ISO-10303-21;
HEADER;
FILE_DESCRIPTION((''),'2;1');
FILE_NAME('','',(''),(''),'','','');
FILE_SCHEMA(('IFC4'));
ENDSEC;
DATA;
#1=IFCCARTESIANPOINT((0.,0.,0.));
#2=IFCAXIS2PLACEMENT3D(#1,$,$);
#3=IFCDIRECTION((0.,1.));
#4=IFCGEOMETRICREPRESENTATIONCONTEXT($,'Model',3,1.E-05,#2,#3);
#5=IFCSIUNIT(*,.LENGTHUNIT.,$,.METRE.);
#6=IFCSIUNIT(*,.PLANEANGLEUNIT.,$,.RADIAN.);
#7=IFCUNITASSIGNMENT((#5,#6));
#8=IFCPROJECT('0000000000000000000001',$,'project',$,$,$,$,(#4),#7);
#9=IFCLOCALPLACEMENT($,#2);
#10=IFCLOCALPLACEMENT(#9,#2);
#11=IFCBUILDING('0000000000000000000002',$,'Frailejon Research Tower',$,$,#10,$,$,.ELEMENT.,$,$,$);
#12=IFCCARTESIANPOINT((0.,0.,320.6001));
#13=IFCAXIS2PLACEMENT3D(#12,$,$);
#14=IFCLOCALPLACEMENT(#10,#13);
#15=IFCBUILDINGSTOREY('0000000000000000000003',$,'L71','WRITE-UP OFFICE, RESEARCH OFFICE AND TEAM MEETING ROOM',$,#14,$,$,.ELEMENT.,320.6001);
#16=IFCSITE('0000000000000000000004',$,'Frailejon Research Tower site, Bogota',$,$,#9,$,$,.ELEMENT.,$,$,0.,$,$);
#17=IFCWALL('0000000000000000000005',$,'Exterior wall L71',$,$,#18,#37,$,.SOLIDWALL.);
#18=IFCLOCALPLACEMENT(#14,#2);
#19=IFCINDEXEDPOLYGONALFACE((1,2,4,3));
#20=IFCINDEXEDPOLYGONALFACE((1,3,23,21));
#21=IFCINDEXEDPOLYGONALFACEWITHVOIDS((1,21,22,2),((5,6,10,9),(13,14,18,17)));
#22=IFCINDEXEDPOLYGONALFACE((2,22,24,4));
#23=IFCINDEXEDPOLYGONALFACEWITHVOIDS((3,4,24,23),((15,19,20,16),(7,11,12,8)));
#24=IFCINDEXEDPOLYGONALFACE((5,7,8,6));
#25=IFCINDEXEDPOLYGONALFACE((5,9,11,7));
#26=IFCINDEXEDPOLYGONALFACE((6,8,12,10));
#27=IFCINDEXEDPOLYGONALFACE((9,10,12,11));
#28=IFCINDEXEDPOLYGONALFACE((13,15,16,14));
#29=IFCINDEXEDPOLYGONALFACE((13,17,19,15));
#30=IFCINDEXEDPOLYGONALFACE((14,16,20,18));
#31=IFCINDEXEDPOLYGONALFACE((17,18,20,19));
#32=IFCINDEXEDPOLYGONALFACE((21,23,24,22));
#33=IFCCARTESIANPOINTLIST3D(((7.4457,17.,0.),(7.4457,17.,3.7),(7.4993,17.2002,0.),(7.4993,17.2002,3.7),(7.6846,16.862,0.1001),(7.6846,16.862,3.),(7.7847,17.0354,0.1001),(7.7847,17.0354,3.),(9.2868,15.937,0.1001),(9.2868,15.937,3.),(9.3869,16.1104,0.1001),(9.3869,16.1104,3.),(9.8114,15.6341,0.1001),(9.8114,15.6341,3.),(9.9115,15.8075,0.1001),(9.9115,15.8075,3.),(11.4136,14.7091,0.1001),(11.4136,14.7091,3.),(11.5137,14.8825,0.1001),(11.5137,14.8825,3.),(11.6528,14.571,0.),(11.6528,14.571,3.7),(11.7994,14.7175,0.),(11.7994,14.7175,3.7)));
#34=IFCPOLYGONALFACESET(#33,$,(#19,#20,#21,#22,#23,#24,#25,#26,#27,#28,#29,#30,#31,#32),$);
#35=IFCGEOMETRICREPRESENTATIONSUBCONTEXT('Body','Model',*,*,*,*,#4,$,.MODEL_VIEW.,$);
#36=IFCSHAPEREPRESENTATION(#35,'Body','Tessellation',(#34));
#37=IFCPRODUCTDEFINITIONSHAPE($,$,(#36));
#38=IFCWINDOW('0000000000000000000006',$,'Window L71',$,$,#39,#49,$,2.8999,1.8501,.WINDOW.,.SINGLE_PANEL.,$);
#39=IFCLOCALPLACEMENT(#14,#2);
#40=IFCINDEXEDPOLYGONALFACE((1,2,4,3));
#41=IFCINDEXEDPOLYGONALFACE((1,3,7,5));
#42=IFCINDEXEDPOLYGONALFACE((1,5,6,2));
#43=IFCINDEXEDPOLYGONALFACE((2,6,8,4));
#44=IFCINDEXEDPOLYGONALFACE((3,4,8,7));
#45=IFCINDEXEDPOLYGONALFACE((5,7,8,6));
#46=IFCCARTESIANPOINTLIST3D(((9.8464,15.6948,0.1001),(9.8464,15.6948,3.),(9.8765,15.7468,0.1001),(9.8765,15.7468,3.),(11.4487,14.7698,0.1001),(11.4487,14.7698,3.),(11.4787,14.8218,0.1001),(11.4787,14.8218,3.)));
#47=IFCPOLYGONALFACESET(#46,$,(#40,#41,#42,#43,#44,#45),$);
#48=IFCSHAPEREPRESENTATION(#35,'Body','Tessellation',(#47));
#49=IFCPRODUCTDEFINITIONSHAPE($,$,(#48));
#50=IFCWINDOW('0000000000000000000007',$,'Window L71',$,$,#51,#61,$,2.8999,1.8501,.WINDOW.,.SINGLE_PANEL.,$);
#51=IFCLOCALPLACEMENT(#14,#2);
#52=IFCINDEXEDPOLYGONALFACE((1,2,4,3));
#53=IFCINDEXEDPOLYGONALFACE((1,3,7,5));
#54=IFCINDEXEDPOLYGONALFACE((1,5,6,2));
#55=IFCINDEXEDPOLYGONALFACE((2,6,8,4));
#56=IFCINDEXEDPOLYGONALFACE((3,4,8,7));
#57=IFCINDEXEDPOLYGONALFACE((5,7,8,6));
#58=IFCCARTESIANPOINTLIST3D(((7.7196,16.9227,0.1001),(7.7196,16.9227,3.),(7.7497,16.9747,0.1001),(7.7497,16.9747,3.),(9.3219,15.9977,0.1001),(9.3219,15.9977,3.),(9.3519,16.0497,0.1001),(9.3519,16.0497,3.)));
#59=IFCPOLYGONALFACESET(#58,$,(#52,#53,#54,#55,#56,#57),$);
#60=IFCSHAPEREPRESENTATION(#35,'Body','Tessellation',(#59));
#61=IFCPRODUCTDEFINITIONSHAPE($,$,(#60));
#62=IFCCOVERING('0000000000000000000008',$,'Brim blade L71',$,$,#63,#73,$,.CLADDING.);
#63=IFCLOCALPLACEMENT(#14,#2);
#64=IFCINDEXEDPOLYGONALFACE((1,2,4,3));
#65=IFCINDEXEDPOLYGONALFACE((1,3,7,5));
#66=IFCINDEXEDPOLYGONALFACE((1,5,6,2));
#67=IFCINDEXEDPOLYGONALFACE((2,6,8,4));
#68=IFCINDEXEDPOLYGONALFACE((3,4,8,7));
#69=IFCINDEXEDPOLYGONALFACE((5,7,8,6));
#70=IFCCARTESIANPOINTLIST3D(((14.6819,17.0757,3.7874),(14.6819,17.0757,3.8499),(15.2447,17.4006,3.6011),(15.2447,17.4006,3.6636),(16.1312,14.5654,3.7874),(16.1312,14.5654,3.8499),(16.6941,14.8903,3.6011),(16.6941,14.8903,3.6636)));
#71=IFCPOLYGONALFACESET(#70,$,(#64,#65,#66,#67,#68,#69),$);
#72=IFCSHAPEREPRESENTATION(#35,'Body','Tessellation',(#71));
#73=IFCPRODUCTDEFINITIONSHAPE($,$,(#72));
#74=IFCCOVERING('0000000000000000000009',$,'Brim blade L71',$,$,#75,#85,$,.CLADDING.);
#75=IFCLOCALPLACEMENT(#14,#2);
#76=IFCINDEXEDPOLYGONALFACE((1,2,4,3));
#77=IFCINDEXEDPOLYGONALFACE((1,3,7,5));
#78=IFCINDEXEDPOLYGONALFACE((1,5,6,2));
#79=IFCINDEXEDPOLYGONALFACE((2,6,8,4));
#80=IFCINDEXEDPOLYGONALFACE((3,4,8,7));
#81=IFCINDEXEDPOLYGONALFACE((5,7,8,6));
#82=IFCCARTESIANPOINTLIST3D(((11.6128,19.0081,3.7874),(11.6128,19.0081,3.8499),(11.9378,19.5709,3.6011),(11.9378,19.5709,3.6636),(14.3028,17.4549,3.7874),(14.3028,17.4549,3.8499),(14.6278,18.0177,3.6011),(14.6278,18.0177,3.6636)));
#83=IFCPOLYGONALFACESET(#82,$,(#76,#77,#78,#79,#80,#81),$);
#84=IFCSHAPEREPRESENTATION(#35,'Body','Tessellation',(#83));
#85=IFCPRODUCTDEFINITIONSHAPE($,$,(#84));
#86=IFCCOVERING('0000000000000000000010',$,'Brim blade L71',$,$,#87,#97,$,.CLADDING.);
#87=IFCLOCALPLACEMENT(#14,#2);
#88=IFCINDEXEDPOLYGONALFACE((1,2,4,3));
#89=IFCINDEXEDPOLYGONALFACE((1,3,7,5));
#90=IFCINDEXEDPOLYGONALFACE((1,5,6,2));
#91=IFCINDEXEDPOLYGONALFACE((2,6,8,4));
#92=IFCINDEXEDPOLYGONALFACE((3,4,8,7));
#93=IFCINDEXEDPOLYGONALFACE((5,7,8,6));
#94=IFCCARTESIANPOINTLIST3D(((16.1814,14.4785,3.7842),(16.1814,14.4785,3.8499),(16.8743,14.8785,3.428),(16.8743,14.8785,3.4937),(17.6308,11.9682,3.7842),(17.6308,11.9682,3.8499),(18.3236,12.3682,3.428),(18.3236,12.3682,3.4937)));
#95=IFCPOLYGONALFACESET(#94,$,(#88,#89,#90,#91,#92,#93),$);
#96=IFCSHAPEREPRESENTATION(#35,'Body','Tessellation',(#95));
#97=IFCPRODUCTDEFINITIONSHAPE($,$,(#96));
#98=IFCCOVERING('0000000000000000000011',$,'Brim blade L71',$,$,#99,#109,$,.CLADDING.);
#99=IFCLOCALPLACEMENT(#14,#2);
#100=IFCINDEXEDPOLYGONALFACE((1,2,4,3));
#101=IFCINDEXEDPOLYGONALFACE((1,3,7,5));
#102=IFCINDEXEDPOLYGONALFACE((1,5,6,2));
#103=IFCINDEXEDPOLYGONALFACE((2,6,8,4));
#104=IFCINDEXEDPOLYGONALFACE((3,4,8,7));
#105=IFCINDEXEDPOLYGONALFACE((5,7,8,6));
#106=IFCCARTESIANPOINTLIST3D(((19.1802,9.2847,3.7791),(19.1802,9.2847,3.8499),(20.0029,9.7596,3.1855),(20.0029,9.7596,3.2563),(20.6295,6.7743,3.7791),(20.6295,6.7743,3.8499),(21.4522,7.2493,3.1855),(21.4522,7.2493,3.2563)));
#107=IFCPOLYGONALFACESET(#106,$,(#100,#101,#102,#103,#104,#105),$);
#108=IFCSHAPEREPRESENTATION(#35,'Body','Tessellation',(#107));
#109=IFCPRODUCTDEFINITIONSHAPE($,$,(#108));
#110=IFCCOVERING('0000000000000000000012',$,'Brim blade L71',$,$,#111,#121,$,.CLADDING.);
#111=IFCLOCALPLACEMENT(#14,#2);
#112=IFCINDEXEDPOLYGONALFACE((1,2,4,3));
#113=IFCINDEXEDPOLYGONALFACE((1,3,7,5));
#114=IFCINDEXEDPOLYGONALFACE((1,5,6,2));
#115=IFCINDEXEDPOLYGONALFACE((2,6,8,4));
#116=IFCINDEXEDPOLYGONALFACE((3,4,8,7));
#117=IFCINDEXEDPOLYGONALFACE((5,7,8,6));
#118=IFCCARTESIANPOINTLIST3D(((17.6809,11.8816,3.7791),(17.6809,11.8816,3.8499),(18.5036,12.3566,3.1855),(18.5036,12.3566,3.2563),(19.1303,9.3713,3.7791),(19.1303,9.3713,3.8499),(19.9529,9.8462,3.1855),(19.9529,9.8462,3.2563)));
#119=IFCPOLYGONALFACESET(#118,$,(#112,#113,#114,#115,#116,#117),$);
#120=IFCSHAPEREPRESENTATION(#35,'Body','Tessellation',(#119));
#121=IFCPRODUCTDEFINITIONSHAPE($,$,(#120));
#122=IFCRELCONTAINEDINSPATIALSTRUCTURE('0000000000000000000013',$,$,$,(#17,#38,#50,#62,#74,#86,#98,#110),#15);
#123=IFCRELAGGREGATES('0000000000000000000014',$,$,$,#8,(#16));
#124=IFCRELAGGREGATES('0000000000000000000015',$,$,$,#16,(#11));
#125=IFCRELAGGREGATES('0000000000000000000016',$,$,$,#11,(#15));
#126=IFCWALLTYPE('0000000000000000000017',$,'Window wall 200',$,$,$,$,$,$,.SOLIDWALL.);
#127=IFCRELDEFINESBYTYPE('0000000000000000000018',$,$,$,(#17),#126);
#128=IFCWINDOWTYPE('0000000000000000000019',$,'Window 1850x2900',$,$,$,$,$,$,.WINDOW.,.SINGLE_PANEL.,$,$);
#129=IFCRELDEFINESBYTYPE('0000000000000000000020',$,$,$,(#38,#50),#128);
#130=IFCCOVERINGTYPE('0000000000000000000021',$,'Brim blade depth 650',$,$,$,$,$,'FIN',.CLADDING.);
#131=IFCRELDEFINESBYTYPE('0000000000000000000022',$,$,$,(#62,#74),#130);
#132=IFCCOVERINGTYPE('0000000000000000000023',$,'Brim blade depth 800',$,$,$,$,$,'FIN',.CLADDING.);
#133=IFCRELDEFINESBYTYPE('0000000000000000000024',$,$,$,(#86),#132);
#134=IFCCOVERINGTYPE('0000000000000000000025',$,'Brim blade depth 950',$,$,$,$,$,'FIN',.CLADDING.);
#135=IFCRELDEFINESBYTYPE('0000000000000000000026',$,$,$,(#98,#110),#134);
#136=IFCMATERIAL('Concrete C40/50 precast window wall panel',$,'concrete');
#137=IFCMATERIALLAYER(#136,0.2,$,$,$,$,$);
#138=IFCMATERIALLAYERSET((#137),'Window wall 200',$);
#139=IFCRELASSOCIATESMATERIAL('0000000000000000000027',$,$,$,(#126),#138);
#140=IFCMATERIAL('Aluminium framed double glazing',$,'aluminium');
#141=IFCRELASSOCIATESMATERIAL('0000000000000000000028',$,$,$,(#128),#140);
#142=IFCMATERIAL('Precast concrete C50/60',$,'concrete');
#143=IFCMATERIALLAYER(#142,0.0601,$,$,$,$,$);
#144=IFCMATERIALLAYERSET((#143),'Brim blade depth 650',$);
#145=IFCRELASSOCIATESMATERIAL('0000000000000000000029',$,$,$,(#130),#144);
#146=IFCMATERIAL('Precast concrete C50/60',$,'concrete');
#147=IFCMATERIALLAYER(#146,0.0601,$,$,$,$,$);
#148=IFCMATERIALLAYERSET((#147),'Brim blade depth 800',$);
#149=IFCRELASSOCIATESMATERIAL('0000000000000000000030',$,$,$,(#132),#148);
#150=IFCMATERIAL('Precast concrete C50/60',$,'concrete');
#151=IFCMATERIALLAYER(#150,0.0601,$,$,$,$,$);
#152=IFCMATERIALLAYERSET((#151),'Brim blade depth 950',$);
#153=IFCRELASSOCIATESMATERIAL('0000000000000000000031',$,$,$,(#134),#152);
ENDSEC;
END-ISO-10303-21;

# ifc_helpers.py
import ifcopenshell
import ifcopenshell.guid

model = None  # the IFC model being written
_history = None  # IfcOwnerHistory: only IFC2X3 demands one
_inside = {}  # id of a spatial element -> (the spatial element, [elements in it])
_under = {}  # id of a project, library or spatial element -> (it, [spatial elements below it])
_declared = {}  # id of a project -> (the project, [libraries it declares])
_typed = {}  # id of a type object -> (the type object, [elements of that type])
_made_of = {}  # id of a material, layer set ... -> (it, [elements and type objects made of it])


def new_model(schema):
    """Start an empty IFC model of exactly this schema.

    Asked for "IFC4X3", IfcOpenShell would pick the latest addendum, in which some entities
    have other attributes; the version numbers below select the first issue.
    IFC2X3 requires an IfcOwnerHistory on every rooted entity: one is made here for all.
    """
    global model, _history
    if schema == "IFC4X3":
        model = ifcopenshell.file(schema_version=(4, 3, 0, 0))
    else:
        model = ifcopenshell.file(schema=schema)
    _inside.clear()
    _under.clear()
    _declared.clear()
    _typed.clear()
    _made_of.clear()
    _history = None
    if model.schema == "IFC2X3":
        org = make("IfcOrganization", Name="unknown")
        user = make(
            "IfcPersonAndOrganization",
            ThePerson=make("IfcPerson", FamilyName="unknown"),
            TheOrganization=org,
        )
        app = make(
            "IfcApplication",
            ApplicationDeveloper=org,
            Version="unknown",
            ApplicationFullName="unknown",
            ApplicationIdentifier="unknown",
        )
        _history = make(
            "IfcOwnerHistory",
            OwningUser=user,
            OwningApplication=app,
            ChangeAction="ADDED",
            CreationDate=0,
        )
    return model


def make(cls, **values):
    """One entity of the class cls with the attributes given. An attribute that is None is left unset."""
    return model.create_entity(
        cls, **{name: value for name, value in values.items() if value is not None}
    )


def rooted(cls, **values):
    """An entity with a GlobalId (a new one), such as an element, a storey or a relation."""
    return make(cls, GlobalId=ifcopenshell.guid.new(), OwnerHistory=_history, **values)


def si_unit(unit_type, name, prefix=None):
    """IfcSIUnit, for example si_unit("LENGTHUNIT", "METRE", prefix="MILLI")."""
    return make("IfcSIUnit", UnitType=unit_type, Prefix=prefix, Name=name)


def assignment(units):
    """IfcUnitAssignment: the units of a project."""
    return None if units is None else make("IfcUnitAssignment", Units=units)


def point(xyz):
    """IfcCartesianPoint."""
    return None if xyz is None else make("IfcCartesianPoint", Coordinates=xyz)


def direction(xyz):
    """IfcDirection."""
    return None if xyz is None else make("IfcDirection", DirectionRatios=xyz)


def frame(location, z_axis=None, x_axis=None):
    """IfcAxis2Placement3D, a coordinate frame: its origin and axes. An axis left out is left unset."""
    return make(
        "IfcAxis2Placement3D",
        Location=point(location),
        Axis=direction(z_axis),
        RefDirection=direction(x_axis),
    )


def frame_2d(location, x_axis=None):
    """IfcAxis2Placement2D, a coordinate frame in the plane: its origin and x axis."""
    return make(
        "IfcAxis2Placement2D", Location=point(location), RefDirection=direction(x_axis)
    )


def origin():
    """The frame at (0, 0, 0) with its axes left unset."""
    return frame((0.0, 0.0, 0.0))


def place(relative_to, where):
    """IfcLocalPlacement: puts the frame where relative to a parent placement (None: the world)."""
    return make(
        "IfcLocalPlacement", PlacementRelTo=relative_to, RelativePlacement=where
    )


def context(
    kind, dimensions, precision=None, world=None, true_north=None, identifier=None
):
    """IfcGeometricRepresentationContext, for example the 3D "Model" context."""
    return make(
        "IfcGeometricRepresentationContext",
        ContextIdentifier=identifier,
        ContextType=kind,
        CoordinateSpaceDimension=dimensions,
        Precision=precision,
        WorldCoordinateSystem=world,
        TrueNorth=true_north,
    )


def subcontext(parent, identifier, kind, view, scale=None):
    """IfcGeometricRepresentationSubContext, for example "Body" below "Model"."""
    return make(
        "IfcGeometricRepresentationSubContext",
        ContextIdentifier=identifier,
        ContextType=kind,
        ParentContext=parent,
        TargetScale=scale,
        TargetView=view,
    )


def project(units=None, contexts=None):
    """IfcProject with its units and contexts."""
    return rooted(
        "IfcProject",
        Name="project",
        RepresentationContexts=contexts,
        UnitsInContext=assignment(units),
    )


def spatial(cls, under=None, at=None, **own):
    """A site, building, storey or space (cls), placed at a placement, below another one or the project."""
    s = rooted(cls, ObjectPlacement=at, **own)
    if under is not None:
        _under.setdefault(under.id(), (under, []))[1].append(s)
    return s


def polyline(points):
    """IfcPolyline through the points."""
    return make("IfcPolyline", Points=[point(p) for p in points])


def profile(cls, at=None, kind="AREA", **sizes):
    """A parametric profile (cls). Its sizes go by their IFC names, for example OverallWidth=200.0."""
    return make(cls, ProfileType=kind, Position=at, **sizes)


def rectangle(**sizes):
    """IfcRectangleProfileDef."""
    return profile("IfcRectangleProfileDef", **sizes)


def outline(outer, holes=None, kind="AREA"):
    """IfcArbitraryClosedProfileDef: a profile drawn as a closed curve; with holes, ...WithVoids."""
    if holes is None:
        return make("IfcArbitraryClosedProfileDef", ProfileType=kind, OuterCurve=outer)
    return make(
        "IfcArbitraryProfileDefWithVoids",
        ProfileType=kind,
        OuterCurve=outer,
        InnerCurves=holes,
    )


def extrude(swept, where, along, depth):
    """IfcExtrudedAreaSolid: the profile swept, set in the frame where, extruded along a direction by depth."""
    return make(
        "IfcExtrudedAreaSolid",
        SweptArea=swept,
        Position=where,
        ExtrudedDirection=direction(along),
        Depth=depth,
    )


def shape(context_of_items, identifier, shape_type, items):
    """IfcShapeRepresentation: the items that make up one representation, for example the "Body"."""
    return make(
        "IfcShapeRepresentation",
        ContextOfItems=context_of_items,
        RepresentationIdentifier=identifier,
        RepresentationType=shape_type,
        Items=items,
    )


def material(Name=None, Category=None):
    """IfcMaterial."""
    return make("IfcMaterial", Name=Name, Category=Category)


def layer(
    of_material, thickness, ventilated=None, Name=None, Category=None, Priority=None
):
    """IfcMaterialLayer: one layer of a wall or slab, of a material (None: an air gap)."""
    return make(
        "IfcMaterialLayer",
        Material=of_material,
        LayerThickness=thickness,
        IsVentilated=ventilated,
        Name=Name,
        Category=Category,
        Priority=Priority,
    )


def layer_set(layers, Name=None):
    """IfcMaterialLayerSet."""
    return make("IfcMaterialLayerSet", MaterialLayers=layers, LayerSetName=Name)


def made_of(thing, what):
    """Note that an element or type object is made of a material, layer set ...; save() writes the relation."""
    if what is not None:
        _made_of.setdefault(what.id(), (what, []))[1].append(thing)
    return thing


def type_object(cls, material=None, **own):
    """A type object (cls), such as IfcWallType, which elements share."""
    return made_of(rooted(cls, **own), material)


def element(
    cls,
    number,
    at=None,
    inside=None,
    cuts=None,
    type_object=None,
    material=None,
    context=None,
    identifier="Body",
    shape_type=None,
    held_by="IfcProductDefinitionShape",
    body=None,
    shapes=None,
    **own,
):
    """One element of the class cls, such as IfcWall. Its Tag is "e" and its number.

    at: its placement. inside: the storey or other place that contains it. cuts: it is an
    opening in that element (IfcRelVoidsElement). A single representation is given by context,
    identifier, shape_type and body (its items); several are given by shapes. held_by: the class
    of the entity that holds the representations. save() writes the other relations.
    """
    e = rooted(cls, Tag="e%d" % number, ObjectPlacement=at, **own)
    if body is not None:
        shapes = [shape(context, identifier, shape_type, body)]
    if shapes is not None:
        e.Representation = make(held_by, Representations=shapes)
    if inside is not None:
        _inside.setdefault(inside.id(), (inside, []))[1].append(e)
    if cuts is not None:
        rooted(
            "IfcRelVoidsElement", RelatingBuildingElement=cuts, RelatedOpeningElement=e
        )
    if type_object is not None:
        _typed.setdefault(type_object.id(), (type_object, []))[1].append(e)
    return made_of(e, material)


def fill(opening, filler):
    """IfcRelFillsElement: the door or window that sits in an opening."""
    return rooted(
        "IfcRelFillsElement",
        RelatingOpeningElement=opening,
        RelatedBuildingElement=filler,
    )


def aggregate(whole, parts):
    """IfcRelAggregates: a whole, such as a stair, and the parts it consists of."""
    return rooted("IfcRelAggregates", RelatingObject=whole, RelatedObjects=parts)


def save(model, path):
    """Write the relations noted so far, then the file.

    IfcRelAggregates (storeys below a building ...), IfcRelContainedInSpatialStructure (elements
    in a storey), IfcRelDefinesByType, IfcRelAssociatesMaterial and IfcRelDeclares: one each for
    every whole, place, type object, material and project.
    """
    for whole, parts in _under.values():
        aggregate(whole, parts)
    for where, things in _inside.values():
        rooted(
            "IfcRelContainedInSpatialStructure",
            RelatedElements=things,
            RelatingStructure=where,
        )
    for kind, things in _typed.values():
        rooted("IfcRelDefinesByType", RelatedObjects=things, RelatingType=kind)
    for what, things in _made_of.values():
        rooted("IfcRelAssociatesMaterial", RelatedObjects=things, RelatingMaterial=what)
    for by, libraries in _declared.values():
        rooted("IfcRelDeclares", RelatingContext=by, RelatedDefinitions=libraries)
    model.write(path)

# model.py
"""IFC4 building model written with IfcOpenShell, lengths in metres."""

from ifc_helpers import new_model, si_unit, direction, frame, frame_2d, origin, place, context, subcontext, project, spatial, polyline, rectangle, outline, extrude, material, layer, layer_set, type_object, element, fill, save


model = new_model("IFC4")

# Units and contexts
model_context = context("Model", 3, precision=1e-05, world=origin(), true_north=direction((0.0, 1.0)))
body_context = subcontext(model_context, "Body", "Model", "MODEL_VIEW")
ifc_project = project(units=[si_unit("LENGTHUNIT", "METRE"), si_unit("PLANEANGLEUNIT", "RADIAN")], contexts=[model_context])

# Site, building, storey
site_placement = place(None, origin())
site = spatial("IfcSite", under=ifc_project, at=site_placement, Name="Frailejon Research Tower site, Bogota", CompositionType="ELEMENT", RefElevation=0.0)
building_placement = place(site_placement, origin())
building = spatial("IfcBuilding", under=site, at=building_placement, Name="Frailejon Research Tower", CompositionType="ELEMENT")
storey_placement = place(building_placement, frame((0.0, 0.0, 320.6001)))
storey = spatial("IfcBuildingStorey", under=building, at=storey_placement, Name="L71", Description="WRITE-UP OFFICE, RESEARCH OFFICE AND TEAM MEETING ROOM", CompositionType="ELEMENT", Elevation=320.6001)

# Wall, openings, windows
ifc_material_1 = material(Name="Concrete C40/50 precast window wall panel", Category="concrete")
ifc_layer_1 = layer(ifc_material_1, 0.2)
ifc_layer_set_1 = layer_set([ifc_layer_1], Name="Window wall 200")
wall_type = type_object("IfcWallType", Name="Window wall 200", PredefinedType="SOLIDWALL", material=ifc_layer_set_1)
wall_placement = place(storey_placement, frame((11.7261, 14.6443, 0.0), z_axis=(0.0, 0.0, 1.0), x_axis=(-0.866029, 0.499994, 0.0)))
wall = element("IfcWall", 1, at=wall_placement, inside=storey, type_object=wall_type, Name="Exterior wall L71", PredefinedType="SOLIDWALL", context=body_context, shape_type="SweptSolid", body=[
    extrude(outline(polyline([(-0.0269, -0.1001), (1.2144, -0.1001), (2.4558, -0.1001), (3.6973, -0.1001), (4.9385, -0.1001), (4.8848, 0.1001), (3.6704, 0.1001), (2.4558, 0.1001), (1.2412, 0.1001), (0.0269, 0.1001), (-0.0269, -0.1001)])), origin(), (0.0, 0.0, 1.0), 3.7),
])
opening_1_placement = place(wall_placement, frame((0.303, 0.0, 0.1001)))
opening_1 = element("IfcOpeningElement", 2, at=opening_1_placement, cuts=wall, PredefinedType="OPENING", context=body_context, shape_type="SweptSolid", body=[
    extrude(rectangle(XDim=1.8501, YDim=2.8999, at=frame_2d((0.925, 1.45))), frame((0.0, 0.1099, 0.0), z_axis=(0.0, -1.0, 0.0), x_axis=(1.0, 0.0, 0.0)), (0.0, 0.0, 1.0), 0.22),
])
opening_2_placement = place(wall_placement, frame((2.7588, 0.0, 0.1001)))
opening_2 = element("IfcOpeningElement", 3, at=opening_2_placement, cuts=wall, PredefinedType="OPENING", context=body_context, shape_type="SweptSolid", body=[
    extrude(rectangle(XDim=1.8501, YDim=2.8999, at=frame_2d((0.925, 1.45))), frame((0.0, 0.1099, 0.0), z_axis=(0.0, -1.0, 0.0), x_axis=(1.0, 0.0, 0.0)), (0.0, 0.0, 1.0), 0.22),
])
ifc_material_2 = material(Name="Aluminium framed double glazing", Category="aluminium")
window_type = type_object("IfcWindowType", Name="Window 1850x2900", PartitioningType="SINGLE_PANEL", PredefinedType="WINDOW", material=ifc_material_2)
window_1_placement = place(opening_1_placement, origin())
window_1 = element("IfcWindow", 4, at=window_1_placement, inside=storey, type_object=window_type, Name="Window L71", OverallHeight=2.8999, OverallWidth=1.8501, PartitioningType="SINGLE_PANEL", PredefinedType="WINDOW", context=body_context, shape_type="SweptSolid", body=[
    extrude(rectangle(XDim=1.8501, YDim=2.8999, at=frame_2d((0.925, 1.45))), frame((0.0, 0.03, 0.0), z_axis=(0.0, -1.0, 0.0), x_axis=(1.0, 0.0, 0.0)), (0.0, 0.0, 1.0), 0.0601),
])
fill(opening_1, window_1)
window_2_placement = place(opening_2_placement, origin())
window_2 = element("IfcWindow", 5, at=window_2_placement, inside=storey, type_object=window_type, Name="Window L71", OverallHeight=2.8999, OverallWidth=1.8501, PartitioningType="SINGLE_PANEL", PredefinedType="WINDOW", context=body_context, shape_type="SweptSolid", body=[
    extrude(rectangle(XDim=1.8501, YDim=2.8999, at=frame_2d((0.925, 1.45))), frame((0.0, 0.03, 0.0), z_axis=(0.0, -1.0, 0.0), x_axis=(1.0, 0.0, 0.0)), (0.0, 0.0, 1.0), 0.0601),
])
fill(opening_2, window_2)

# Coverings
ifc_material_3 = material(Name="Precast concrete C50/60", Category="concrete")
ifc_layer_2 = layer(ifc_material_3, 0.0601)
ifc_layer_set_2 = layer_set([ifc_layer_2], Name="Brim blade depth 650")
covering_type_1 = type_object("IfcCoveringType", Name="Brim blade depth 650", ElementType="FIN", PredefinedType="CLADDING", material=ifc_layer_set_2)
covering_1_placement = place(storey_placement, frame((14.6819, 17.0757, 3.8499), z_axis=(0.500005, -0.866022, 0.0), x_axis=(0.866022, 0.500005, 0.0)))
element("IfcCovering", 6, at=covering_1_placement, inside=storey, type_object=covering_type_1, Name="Brim blade L71", PredefinedType="CLADDING", context=body_context, shape_type="SweptSolid", body=[
    extrude(outline(polyline([(0.0, -0.0625), (0.6499, -0.2488), (0.6499, -0.1863), (0.0, 0.0), (0.0, -0.0625)])), origin(), (0.0, 0.0, 1.0), 2.8987),
])
covering_2_placement = place(storey_placement, frame((11.6128, 19.0081, 3.8499), z_axis=(0.866014, -0.50002, 0.0), x_axis=(0.50002, 0.866014, 0.0)))
element("IfcCovering", 7, at=covering_2_placement, inside=storey, type_object=covering_type_1, Name="Brim blade L71", PredefinedType="CLADDING", context=body_context, shape_type="SweptSolid", body=[
    extrude(outline(polyline([(0.0, -0.0625), (0.6499, -0.2488), (0.6499, -0.1863), (0.0, 0.0), (0.0, -0.0625)])), origin(), (0.0, 0.0, 1.0), 3.1062),
])
ifc_material_4 = material(Name="Precast concrete C50/60", Category="concrete")
ifc_layer_3 = layer(ifc_material_4, 0.0601)
ifc_layer_set_3 = layer_set([ifc_layer_3], Name="Brim blade depth 800")
covering_type_2 = type_object("IfcCoveringType", Name="Brim blade depth 800", ElementType="FIN", PredefinedType="CLADDING", material=ifc_layer_set_3)
covering_3_placement = place(storey_placement, frame((16.1814, 14.4785, 3.8499), z_axis=(0.500005, -0.866022, 0.0), x_axis=(0.866022, 0.500005, 0.0)))
element("IfcCovering", 8, at=covering_3_placement, inside=storey, type_object=covering_type_2, Name="Brim blade L71", PredefinedType="CLADDING", context=body_context, shape_type="SweptSolid", body=[
    extrude(outline(polyline([(0.0, -0.0657), (0.8, -0.4219), (0.8, -0.3562), (0.0, 0.0), (0.0, -0.0657)])), origin(), (0.0, 0.0, 1.0), 2.8987),
])
ifc_material_5 = material(Name="Precast concrete C50/60", Category="concrete")
ifc_layer_4 = layer(ifc_material_5, 0.0601)
ifc_layer_set_4 = layer_set([ifc_layer_4], Name="Brim blade depth 950")
covering_type_3 = type_object("IfcCoveringType", Name="Brim blade depth 950", ElementType="FIN", PredefinedType="CLADDING", material=ifc_layer_set_4)
for number, where, z_axis, x_axis, name in (
    (9, (19.1802, 9.2847, 3.8499), (0.49998, -0.866037, 0.0), (0.866037, 0.49998, 0.0), "Brim blade L71"),
    (10, (17.6809, 11.8816, 3.8499), (0.500005, -0.866022, 0.0), (0.866022, 0.500005, 0.0), "Brim blade L71"),
):
    element("IfcCovering", number, at=place(storey_placement, frame(where, z_axis=z_axis, x_axis=x_axis)), inside=storey, type_object=covering_type_3, Name=name, PredefinedType="CLADDING", context=body_context, shape_type="SweptSolid", body=[
        extrude(outline(polyline([(0.0, -0.0708), (0.95, -0.6643), (0.95, -0.5935), (0.0, 0.0), (0.0, -0.0708)])), origin(), (0.0, 0.0, 1.0), 2.8987),
    ])

save(model, "model.ifc")
